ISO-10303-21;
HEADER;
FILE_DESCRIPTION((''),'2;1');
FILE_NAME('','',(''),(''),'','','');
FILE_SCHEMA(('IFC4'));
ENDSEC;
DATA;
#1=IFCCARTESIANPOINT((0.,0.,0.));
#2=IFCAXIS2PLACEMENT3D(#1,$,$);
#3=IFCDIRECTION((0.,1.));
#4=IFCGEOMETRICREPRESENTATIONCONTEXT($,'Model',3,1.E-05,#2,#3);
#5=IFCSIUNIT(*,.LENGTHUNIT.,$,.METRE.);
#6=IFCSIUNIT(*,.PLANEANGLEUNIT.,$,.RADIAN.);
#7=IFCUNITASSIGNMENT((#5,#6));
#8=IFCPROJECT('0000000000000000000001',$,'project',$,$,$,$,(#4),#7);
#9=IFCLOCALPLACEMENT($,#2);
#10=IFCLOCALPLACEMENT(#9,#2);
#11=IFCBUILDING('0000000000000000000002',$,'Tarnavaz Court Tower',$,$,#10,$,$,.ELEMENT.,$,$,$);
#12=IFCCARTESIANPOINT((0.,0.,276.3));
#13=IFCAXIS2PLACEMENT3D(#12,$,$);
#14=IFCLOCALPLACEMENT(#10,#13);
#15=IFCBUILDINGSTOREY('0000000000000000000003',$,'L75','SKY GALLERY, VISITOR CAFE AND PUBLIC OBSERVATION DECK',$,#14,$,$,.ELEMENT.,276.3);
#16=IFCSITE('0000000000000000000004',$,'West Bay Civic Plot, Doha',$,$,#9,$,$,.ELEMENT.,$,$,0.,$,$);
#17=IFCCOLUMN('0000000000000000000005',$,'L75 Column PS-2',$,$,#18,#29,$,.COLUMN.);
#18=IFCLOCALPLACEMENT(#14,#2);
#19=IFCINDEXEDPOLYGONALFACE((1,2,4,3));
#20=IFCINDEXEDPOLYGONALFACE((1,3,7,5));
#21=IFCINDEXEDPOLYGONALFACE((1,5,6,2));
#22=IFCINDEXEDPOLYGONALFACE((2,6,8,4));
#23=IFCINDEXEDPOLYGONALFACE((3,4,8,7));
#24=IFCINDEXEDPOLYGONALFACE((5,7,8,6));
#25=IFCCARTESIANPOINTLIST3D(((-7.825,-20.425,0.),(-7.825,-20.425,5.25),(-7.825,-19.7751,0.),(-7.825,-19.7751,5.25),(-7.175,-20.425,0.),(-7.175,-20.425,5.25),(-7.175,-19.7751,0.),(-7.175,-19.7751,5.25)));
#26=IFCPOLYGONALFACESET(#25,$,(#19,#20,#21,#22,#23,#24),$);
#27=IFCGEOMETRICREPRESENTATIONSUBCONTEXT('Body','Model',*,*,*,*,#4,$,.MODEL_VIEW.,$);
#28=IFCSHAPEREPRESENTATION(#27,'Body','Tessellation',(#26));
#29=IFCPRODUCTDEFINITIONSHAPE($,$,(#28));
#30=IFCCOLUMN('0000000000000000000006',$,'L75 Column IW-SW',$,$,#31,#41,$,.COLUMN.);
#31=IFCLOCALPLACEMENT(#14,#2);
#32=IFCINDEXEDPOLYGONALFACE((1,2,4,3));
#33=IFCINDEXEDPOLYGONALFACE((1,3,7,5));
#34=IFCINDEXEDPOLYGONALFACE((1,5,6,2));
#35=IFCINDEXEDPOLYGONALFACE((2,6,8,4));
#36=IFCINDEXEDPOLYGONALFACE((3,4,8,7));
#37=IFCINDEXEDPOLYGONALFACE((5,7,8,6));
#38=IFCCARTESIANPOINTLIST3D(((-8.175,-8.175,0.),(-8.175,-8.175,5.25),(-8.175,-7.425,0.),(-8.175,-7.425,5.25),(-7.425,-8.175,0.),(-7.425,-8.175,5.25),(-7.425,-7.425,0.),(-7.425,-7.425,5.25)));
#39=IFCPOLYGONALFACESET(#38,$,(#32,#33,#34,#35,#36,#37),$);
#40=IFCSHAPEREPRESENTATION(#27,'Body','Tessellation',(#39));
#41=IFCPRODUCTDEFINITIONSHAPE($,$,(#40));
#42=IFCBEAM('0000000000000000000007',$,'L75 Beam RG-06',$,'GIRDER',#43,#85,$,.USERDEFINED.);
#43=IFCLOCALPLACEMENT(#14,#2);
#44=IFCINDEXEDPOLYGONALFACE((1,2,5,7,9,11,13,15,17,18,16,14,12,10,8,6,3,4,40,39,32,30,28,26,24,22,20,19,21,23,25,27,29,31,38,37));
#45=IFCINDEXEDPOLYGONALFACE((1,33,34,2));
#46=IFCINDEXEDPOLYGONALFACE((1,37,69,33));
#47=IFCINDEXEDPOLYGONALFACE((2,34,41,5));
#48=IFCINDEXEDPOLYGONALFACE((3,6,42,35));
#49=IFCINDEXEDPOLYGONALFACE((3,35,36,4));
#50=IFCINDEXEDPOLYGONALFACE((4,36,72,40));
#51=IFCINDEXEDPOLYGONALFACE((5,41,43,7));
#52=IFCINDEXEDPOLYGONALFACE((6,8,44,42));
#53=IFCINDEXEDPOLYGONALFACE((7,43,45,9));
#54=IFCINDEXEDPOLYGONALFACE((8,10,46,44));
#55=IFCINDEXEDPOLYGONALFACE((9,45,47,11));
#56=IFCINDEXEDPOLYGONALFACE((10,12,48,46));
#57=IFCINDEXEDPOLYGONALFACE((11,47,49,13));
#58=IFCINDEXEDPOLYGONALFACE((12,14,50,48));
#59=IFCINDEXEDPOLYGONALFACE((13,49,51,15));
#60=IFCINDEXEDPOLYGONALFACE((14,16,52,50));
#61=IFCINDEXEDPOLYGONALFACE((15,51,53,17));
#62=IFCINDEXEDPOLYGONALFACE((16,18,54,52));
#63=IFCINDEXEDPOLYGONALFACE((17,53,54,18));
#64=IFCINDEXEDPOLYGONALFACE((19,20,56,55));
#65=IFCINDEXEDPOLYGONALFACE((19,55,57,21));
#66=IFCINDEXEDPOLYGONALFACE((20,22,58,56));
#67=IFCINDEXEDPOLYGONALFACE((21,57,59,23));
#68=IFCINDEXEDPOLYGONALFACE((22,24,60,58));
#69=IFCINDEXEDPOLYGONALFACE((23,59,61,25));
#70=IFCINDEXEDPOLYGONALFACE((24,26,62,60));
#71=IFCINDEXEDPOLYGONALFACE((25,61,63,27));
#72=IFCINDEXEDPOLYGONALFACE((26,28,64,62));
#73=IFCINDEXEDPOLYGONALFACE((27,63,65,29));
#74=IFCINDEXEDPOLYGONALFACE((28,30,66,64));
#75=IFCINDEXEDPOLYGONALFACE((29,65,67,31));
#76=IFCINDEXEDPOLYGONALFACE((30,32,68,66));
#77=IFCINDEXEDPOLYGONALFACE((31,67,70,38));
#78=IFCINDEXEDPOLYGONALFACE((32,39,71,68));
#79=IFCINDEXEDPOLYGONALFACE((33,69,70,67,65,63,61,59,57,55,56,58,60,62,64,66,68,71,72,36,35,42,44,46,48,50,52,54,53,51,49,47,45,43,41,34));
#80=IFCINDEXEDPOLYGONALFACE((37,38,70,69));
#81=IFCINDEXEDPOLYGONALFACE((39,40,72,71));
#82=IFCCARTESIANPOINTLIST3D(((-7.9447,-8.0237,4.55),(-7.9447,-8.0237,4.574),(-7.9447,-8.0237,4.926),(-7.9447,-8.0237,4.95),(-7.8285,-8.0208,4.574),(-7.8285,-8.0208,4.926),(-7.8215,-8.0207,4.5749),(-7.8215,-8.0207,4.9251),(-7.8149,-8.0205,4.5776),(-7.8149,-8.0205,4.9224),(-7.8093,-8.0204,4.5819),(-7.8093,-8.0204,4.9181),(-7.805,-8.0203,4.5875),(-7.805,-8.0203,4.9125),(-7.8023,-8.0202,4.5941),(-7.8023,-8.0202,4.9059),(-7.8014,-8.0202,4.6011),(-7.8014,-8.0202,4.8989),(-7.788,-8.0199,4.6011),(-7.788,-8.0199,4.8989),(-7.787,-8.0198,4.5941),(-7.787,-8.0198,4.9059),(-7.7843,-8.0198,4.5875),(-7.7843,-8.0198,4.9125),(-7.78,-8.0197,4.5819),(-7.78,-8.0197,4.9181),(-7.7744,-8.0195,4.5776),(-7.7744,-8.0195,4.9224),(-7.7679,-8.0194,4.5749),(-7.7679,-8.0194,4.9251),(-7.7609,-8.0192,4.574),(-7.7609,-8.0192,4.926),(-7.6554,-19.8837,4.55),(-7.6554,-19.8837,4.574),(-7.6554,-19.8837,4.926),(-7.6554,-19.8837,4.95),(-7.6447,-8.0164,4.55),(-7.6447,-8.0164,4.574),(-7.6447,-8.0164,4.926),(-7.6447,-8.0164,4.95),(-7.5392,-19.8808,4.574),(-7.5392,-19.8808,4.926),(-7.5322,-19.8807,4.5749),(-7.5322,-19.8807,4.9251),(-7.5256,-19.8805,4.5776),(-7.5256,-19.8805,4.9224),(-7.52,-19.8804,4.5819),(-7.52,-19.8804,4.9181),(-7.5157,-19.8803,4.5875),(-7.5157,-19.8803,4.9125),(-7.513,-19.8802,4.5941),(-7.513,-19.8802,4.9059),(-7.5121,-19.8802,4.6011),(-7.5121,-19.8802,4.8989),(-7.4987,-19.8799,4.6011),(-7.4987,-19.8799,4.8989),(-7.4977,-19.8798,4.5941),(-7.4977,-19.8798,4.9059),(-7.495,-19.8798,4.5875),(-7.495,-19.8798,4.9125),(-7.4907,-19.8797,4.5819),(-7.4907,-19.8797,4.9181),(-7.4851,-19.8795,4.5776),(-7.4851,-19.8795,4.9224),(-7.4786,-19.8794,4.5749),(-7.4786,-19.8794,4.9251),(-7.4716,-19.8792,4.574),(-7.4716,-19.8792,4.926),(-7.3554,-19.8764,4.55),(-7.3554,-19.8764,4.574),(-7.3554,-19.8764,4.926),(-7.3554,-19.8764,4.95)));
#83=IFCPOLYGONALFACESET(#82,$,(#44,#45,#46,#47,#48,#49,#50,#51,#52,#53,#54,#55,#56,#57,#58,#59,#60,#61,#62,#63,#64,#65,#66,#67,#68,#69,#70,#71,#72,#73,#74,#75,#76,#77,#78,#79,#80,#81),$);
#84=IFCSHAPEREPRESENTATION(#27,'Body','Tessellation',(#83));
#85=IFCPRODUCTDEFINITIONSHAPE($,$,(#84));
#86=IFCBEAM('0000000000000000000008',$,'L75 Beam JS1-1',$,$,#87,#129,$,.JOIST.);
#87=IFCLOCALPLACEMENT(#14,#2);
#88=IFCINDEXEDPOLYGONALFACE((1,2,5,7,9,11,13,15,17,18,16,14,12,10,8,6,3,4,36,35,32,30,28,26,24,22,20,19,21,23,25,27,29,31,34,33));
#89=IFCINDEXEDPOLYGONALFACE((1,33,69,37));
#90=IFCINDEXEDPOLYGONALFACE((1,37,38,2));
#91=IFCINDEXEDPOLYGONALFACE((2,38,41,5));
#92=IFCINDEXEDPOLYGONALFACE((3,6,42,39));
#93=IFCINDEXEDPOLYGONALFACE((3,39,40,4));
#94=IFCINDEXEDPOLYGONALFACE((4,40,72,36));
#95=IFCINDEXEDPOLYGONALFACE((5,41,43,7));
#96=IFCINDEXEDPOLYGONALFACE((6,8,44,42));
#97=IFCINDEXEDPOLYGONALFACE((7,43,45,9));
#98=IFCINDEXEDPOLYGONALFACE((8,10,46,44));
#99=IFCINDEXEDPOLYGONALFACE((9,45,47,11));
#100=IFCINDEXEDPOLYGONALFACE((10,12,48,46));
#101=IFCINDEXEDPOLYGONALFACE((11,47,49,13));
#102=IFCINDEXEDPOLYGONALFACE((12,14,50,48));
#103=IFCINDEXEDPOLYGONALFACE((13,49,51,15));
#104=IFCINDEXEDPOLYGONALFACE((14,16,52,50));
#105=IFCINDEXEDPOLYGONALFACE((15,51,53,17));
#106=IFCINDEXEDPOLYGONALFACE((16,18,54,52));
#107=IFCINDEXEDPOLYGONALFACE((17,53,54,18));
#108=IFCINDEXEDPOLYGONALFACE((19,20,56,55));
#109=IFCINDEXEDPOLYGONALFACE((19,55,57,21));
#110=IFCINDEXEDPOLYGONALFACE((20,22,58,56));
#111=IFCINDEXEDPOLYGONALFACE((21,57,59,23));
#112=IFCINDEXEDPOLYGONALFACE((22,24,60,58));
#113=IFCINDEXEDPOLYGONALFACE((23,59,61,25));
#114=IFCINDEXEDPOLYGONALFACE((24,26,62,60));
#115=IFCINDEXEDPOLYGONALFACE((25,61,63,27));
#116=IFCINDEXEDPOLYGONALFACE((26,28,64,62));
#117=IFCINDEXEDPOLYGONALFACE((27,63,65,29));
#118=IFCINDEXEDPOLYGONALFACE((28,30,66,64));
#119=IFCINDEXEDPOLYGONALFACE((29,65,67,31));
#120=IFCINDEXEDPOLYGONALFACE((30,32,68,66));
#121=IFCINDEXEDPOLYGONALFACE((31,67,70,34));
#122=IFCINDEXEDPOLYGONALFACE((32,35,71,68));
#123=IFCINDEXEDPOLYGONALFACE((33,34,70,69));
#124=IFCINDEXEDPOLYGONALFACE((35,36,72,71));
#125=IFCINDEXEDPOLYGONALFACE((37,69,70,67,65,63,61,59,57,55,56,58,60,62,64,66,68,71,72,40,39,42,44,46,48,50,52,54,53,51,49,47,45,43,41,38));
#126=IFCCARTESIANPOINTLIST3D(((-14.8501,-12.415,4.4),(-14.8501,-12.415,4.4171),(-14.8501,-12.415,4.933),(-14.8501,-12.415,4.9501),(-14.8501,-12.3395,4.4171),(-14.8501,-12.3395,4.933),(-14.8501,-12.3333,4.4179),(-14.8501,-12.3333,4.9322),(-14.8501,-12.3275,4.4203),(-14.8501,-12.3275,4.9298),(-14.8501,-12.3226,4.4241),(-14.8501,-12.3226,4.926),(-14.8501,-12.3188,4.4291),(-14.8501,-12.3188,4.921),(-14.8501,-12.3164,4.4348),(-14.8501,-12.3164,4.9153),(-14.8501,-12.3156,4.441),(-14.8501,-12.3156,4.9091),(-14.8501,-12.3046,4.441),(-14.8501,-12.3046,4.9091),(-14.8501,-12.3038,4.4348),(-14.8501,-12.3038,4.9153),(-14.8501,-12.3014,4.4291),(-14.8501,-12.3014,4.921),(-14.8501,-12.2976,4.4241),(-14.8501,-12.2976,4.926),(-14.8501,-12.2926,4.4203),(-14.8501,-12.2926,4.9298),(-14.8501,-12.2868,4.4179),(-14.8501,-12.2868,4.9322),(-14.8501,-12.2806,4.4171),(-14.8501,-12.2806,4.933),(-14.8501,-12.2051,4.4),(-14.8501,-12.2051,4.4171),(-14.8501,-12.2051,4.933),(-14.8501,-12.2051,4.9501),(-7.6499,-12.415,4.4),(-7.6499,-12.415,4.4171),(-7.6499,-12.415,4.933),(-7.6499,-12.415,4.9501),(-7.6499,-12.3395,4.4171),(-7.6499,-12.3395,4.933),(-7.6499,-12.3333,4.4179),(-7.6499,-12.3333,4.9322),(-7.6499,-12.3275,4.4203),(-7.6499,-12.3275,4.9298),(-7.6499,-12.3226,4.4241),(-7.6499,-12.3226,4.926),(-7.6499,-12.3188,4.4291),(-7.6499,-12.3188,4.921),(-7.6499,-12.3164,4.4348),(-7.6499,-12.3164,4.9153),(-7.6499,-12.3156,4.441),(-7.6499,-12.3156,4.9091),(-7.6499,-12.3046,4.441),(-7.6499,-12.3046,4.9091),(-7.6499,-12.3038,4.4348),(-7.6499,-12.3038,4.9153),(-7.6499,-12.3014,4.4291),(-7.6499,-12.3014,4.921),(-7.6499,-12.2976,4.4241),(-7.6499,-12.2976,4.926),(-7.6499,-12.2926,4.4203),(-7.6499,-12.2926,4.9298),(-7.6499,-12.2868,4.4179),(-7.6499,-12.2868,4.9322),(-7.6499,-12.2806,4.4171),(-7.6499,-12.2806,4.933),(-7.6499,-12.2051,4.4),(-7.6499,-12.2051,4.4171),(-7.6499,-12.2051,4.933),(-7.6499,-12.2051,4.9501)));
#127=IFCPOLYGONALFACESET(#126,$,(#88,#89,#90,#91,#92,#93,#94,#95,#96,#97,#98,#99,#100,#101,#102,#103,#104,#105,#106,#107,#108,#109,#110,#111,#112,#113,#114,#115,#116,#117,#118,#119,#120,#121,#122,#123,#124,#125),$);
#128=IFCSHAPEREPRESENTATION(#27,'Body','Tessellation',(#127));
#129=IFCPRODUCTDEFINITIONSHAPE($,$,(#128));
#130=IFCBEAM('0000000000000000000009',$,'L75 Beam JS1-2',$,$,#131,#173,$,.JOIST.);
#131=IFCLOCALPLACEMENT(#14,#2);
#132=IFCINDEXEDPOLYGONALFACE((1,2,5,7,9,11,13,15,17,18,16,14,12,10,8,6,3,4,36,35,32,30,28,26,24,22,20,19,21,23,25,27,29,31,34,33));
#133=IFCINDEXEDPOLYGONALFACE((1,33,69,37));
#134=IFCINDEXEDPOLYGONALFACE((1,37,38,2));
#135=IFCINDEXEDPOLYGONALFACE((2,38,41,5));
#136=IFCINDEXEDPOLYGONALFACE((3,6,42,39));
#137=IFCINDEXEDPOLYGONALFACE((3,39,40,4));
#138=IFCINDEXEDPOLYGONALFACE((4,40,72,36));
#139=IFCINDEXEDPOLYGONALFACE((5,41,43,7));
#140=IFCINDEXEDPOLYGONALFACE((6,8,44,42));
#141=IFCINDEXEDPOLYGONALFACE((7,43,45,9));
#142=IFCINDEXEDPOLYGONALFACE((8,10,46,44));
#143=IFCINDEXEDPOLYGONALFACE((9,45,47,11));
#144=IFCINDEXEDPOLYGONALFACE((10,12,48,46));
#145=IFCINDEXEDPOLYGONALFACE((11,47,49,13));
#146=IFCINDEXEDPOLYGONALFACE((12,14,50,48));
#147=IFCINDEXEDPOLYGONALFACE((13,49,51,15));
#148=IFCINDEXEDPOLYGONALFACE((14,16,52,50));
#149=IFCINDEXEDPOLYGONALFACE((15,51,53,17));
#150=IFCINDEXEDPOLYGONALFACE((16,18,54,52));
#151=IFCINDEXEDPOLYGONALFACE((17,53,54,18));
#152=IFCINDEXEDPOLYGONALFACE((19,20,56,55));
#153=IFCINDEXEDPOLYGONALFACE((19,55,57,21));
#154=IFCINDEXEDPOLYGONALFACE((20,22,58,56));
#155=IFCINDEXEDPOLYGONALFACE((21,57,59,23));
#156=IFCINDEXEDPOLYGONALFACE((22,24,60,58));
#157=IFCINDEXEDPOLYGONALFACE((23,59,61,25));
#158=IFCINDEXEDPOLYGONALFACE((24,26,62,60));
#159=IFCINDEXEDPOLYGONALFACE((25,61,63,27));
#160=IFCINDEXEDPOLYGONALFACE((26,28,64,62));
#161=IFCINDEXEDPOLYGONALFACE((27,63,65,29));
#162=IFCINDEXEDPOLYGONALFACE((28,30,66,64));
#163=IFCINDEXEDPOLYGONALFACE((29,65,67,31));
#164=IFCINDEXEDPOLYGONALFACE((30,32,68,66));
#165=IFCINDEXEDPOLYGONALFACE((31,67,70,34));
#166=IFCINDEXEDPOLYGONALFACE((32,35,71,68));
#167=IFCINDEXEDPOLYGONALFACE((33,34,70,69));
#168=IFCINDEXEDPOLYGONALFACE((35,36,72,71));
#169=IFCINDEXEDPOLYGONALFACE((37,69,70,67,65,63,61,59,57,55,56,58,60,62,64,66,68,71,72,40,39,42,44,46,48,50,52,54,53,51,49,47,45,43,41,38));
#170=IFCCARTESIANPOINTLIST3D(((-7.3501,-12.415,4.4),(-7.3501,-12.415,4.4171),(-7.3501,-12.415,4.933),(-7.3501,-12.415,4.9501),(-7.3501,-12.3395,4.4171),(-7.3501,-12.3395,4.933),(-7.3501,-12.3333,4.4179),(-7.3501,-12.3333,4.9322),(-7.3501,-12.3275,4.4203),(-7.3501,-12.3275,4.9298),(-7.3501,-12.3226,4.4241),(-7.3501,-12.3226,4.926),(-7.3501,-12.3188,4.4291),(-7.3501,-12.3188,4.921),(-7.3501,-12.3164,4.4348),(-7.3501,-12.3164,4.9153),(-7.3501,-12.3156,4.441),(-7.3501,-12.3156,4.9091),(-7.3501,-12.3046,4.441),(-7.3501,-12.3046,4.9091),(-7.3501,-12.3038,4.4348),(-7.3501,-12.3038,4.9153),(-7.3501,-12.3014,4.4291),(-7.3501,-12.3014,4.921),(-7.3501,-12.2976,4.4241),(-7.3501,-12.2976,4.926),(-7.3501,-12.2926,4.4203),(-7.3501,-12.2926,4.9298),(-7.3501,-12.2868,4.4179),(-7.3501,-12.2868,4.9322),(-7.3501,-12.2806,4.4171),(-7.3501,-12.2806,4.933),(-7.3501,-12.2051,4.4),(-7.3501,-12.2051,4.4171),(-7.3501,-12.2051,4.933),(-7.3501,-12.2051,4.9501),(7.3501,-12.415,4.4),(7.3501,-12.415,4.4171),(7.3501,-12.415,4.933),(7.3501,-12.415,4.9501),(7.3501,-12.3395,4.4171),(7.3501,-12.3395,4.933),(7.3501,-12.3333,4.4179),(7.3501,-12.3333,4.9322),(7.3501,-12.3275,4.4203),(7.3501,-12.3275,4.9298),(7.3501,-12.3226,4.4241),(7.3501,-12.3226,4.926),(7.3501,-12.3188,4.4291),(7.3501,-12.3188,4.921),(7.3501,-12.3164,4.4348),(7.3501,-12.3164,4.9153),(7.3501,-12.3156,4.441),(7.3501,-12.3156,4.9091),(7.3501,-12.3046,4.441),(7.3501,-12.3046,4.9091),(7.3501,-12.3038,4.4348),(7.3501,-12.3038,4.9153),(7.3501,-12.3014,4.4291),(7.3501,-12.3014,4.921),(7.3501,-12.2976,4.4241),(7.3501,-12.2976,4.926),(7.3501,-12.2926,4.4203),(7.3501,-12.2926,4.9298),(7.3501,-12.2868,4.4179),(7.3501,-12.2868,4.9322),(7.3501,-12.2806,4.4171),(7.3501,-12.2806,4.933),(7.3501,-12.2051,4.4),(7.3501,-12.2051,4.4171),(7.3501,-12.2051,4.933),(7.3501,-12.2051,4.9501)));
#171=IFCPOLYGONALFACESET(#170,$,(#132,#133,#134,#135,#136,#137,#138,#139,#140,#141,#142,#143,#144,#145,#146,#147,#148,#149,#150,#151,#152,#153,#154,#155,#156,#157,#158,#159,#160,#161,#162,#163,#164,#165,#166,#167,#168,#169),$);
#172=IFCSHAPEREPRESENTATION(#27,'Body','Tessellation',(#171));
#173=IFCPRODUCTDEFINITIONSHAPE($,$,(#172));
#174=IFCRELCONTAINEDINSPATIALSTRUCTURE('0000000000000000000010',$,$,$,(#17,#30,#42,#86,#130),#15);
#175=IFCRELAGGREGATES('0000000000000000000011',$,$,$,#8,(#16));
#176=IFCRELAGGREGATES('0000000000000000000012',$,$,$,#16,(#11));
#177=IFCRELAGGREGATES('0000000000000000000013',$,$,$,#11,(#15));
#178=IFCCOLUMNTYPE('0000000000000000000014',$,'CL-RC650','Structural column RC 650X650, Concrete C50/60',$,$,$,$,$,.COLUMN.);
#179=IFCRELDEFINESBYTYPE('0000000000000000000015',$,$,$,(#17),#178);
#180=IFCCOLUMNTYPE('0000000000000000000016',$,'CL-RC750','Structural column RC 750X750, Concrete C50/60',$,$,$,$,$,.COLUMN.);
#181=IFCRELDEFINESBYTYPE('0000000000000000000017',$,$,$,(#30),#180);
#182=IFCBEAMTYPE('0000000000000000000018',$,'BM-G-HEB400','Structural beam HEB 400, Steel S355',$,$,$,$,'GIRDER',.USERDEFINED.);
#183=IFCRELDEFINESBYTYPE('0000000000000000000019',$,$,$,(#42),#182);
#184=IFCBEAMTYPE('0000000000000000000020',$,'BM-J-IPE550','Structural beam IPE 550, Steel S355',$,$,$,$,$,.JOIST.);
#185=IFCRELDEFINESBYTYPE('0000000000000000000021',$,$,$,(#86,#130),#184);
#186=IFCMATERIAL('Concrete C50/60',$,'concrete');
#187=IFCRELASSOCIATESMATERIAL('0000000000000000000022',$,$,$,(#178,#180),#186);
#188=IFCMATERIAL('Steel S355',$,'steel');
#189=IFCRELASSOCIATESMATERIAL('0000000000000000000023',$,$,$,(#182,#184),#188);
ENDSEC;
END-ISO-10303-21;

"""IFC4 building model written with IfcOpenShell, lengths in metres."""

from ifc_helpers import new_model, si_unit, direction, frame, origin, origin_2d, place, context, subcontext, project, spatial, rectangle, i_section, extrude, material, material_profile, profile_set, type_object, element, save


model = new_model("IFC4")

# Units and contexts
model_context = context("Model", 3, precision=1e-05, world=origin(), true_north=direction((0.0, 1.0)))
body_context = subcontext(model_context, "Body", "Model", "MODEL_VIEW")
ifc_project = project(units=[si_unit("LENGTHUNIT", "METRE"), si_unit("PLANEANGLEUNIT", "RADIAN")], contexts=[model_context])

# Site, building, storey
site_placement = place(None, origin())
site = spatial("IfcSite", under=ifc_project, at=site_placement, Name="West Bay Civic Plot, Doha", CompositionType="ELEMENT", RefElevation=0.0)
building_placement = place(site_placement, origin())
building = spatial("IfcBuilding", under=site, at=building_placement, Name="Tarnavaz Court Tower", CompositionType="ELEMENT")
storey_placement = place(building_placement, frame((0.0, 0.0, 276.3)))
storey = spatial("IfcBuildingStorey", under=building, at=storey_placement, Name="L75", Description="SKY GALLERY, VISITOR CAFE AND PUBLIC OBSERVATION DECK", CompositionType="ELEMENT", Elevation=276.3)

# Columns
ifc_material_1 = material(Name="Concrete C50/60", Category="concrete")
ifc_material_profile_1 = material_profile(ifc_material_1, rectangle(XDim=0.6499, YDim=0.6499, at=origin_2d()), Name="RC 650X650")
ifc_profile_set_1 = profile_set([ifc_material_profile_1], Name="Concrete C50/60")
column_type_1 = type_object("IfcColumnType", Name="CL-RC650", Description="Structural column RC 650X650, Concrete C50/60", PredefinedType="COLUMN", material=ifc_profile_set_1)
column_1_placement = place(storey_placement, frame((-7.5, -20.1001, 0.0), z_axis=(0.0, 0.0, 1.0), x_axis=(1.0, 0.0, 0.0)))
element("IfcColumn", 1, at=column_1_placement, inside=storey, type_object=column_type_1, Name="L75 Column PS-2", PredefinedType="COLUMN", context=body_context, shape_type="SweptSolid", body=[
    extrude(rectangle(XDim=0.6499, YDim=0.6499, at=origin_2d()), origin(), (0.0, 0.0, 1.0), 5.25),
])
ifc_material_profile_2 = material_profile(ifc_material_1, rectangle(XDim=0.75, YDim=0.75, at=origin_2d()), Name="RC 750X750")
ifc_profile_set_2 = profile_set([ifc_material_profile_2], Name="Concrete C50/60")
column_type_2 = type_object("IfcColumnType", Name="CL-RC750", Description="Structural column RC 750X750, Concrete C50/60", PredefinedType="COLUMN", material=ifc_profile_set_2)
column_2_placement = place(storey_placement, frame((-7.8, -7.8, 0.0), z_axis=(0.0, 0.0, 1.0), x_axis=(1.0, 0.0, 0.0)))
element("IfcColumn", 2, at=column_2_placement, inside=storey, type_object=column_type_2, Name="L75 Column IW-SW", PredefinedType="COLUMN", context=body_context, shape_type="SweptSolid", body=[
    extrude(rectangle(XDim=0.75, YDim=0.75, at=origin_2d()), origin(), (0.0, 0.0, 1.0), 5.25),
])

# Beams
ifc_material_2 = material(Name="Steel S355", Category="steel")
ifc_material_profile_3 = material_profile(ifc_material_2, i_section(OverallWidth=0.3, OverallDepth=0.3999, WebThickness=0.0134, FlangeThickness=0.0239, FilletRadius=0.0271, at=origin_2d()), Name="HEB 400")
ifc_profile_set_3 = profile_set([ifc_material_profile_3], Name="Steel S355")
beam_type_1 = type_object("IfcBeamType", Name="BM-G-HEB400", Description="Structural beam HEB 400, Steel S355", ElementType="GIRDER", PredefinedType="USERDEFINED", material=ifc_profile_set_3)
beam_1_placement = place(storey_placement, frame((-7.7947, -8.02, 4.75), z_axis=(0.024386, -0.999703, 0.0), x_axis=(0.999703, 0.024386, 0.0)))
element("IfcBeam", 3, at=beam_1_placement, inside=storey, type_object=beam_type_1, Name="L75 Beam RG-06", ObjectType="GIRDER", PredefinedType="USERDEFINED", context=body_context, shape_type="SweptSolid", body=[
    extrude(i_section(OverallWidth=0.3, OverallDepth=0.3999, WebThickness=0.0134, FlangeThickness=0.0239, FilletRadius=0.0271, at=origin_2d()), origin(), (0.0, 0.0, 1.0), 11.8635),
])
ifc_material_profile_4 = material_profile(ifc_material_2, i_section(OverallWidth=0.21, OverallDepth=0.55, WebThickness=0.011, FlangeThickness=0.0171, FilletRadius=0.0239, at=origin_2d()), Name="IPE 550")
ifc_profile_set_4 = profile_set([ifc_material_profile_4], Name="Steel S355")
beam_type_2 = type_object("IfcBeamType", Name="BM-J-IPE550", Description="Structural beam IPE 550, Steel S355", PredefinedType="JOIST", material=ifc_profile_set_4)
beam_2_placement = place(storey_placement, frame((-14.8501, -12.3101, 4.675), z_axis=(1.0, 0.0, 0.0), x_axis=(0.0, 1.0, 0.0)))
element("IfcBeam", 4, at=beam_2_placement, inside=storey, type_object=beam_type_2, Name="L75 Beam JS1-1", PredefinedType="JOIST", context=body_context, shape_type="SweptSolid", body=[
    extrude(i_section(OverallWidth=0.21, OverallDepth=0.55, WebThickness=0.011, FlangeThickness=0.0171, FilletRadius=0.0239, at=origin_2d()), origin(), (0.0, 0.0, 1.0), 7.2002),
])
beam_3_placement = place(storey_placement, frame((-7.3501, -12.3101, 4.675), z_axis=(1.0, 0.0, 0.0), x_axis=(0.0, 1.0, 0.0)))
element("IfcBeam", 5, at=beam_3_placement, inside=storey, type_object=beam_type_2, Name="L75 Beam JS1-2", PredefinedType="JOIST", context=body_context, shape_type="SweptSolid", body=[
    extrude(i_section(OverallWidth=0.21, OverallDepth=0.55, WebThickness=0.011, FlangeThickness=0.0171, FilletRadius=0.0239, at=origin_2d()), origin(), (0.0, 0.0, 1.0), 14.7002),
])

save(model, "model.ifc")
